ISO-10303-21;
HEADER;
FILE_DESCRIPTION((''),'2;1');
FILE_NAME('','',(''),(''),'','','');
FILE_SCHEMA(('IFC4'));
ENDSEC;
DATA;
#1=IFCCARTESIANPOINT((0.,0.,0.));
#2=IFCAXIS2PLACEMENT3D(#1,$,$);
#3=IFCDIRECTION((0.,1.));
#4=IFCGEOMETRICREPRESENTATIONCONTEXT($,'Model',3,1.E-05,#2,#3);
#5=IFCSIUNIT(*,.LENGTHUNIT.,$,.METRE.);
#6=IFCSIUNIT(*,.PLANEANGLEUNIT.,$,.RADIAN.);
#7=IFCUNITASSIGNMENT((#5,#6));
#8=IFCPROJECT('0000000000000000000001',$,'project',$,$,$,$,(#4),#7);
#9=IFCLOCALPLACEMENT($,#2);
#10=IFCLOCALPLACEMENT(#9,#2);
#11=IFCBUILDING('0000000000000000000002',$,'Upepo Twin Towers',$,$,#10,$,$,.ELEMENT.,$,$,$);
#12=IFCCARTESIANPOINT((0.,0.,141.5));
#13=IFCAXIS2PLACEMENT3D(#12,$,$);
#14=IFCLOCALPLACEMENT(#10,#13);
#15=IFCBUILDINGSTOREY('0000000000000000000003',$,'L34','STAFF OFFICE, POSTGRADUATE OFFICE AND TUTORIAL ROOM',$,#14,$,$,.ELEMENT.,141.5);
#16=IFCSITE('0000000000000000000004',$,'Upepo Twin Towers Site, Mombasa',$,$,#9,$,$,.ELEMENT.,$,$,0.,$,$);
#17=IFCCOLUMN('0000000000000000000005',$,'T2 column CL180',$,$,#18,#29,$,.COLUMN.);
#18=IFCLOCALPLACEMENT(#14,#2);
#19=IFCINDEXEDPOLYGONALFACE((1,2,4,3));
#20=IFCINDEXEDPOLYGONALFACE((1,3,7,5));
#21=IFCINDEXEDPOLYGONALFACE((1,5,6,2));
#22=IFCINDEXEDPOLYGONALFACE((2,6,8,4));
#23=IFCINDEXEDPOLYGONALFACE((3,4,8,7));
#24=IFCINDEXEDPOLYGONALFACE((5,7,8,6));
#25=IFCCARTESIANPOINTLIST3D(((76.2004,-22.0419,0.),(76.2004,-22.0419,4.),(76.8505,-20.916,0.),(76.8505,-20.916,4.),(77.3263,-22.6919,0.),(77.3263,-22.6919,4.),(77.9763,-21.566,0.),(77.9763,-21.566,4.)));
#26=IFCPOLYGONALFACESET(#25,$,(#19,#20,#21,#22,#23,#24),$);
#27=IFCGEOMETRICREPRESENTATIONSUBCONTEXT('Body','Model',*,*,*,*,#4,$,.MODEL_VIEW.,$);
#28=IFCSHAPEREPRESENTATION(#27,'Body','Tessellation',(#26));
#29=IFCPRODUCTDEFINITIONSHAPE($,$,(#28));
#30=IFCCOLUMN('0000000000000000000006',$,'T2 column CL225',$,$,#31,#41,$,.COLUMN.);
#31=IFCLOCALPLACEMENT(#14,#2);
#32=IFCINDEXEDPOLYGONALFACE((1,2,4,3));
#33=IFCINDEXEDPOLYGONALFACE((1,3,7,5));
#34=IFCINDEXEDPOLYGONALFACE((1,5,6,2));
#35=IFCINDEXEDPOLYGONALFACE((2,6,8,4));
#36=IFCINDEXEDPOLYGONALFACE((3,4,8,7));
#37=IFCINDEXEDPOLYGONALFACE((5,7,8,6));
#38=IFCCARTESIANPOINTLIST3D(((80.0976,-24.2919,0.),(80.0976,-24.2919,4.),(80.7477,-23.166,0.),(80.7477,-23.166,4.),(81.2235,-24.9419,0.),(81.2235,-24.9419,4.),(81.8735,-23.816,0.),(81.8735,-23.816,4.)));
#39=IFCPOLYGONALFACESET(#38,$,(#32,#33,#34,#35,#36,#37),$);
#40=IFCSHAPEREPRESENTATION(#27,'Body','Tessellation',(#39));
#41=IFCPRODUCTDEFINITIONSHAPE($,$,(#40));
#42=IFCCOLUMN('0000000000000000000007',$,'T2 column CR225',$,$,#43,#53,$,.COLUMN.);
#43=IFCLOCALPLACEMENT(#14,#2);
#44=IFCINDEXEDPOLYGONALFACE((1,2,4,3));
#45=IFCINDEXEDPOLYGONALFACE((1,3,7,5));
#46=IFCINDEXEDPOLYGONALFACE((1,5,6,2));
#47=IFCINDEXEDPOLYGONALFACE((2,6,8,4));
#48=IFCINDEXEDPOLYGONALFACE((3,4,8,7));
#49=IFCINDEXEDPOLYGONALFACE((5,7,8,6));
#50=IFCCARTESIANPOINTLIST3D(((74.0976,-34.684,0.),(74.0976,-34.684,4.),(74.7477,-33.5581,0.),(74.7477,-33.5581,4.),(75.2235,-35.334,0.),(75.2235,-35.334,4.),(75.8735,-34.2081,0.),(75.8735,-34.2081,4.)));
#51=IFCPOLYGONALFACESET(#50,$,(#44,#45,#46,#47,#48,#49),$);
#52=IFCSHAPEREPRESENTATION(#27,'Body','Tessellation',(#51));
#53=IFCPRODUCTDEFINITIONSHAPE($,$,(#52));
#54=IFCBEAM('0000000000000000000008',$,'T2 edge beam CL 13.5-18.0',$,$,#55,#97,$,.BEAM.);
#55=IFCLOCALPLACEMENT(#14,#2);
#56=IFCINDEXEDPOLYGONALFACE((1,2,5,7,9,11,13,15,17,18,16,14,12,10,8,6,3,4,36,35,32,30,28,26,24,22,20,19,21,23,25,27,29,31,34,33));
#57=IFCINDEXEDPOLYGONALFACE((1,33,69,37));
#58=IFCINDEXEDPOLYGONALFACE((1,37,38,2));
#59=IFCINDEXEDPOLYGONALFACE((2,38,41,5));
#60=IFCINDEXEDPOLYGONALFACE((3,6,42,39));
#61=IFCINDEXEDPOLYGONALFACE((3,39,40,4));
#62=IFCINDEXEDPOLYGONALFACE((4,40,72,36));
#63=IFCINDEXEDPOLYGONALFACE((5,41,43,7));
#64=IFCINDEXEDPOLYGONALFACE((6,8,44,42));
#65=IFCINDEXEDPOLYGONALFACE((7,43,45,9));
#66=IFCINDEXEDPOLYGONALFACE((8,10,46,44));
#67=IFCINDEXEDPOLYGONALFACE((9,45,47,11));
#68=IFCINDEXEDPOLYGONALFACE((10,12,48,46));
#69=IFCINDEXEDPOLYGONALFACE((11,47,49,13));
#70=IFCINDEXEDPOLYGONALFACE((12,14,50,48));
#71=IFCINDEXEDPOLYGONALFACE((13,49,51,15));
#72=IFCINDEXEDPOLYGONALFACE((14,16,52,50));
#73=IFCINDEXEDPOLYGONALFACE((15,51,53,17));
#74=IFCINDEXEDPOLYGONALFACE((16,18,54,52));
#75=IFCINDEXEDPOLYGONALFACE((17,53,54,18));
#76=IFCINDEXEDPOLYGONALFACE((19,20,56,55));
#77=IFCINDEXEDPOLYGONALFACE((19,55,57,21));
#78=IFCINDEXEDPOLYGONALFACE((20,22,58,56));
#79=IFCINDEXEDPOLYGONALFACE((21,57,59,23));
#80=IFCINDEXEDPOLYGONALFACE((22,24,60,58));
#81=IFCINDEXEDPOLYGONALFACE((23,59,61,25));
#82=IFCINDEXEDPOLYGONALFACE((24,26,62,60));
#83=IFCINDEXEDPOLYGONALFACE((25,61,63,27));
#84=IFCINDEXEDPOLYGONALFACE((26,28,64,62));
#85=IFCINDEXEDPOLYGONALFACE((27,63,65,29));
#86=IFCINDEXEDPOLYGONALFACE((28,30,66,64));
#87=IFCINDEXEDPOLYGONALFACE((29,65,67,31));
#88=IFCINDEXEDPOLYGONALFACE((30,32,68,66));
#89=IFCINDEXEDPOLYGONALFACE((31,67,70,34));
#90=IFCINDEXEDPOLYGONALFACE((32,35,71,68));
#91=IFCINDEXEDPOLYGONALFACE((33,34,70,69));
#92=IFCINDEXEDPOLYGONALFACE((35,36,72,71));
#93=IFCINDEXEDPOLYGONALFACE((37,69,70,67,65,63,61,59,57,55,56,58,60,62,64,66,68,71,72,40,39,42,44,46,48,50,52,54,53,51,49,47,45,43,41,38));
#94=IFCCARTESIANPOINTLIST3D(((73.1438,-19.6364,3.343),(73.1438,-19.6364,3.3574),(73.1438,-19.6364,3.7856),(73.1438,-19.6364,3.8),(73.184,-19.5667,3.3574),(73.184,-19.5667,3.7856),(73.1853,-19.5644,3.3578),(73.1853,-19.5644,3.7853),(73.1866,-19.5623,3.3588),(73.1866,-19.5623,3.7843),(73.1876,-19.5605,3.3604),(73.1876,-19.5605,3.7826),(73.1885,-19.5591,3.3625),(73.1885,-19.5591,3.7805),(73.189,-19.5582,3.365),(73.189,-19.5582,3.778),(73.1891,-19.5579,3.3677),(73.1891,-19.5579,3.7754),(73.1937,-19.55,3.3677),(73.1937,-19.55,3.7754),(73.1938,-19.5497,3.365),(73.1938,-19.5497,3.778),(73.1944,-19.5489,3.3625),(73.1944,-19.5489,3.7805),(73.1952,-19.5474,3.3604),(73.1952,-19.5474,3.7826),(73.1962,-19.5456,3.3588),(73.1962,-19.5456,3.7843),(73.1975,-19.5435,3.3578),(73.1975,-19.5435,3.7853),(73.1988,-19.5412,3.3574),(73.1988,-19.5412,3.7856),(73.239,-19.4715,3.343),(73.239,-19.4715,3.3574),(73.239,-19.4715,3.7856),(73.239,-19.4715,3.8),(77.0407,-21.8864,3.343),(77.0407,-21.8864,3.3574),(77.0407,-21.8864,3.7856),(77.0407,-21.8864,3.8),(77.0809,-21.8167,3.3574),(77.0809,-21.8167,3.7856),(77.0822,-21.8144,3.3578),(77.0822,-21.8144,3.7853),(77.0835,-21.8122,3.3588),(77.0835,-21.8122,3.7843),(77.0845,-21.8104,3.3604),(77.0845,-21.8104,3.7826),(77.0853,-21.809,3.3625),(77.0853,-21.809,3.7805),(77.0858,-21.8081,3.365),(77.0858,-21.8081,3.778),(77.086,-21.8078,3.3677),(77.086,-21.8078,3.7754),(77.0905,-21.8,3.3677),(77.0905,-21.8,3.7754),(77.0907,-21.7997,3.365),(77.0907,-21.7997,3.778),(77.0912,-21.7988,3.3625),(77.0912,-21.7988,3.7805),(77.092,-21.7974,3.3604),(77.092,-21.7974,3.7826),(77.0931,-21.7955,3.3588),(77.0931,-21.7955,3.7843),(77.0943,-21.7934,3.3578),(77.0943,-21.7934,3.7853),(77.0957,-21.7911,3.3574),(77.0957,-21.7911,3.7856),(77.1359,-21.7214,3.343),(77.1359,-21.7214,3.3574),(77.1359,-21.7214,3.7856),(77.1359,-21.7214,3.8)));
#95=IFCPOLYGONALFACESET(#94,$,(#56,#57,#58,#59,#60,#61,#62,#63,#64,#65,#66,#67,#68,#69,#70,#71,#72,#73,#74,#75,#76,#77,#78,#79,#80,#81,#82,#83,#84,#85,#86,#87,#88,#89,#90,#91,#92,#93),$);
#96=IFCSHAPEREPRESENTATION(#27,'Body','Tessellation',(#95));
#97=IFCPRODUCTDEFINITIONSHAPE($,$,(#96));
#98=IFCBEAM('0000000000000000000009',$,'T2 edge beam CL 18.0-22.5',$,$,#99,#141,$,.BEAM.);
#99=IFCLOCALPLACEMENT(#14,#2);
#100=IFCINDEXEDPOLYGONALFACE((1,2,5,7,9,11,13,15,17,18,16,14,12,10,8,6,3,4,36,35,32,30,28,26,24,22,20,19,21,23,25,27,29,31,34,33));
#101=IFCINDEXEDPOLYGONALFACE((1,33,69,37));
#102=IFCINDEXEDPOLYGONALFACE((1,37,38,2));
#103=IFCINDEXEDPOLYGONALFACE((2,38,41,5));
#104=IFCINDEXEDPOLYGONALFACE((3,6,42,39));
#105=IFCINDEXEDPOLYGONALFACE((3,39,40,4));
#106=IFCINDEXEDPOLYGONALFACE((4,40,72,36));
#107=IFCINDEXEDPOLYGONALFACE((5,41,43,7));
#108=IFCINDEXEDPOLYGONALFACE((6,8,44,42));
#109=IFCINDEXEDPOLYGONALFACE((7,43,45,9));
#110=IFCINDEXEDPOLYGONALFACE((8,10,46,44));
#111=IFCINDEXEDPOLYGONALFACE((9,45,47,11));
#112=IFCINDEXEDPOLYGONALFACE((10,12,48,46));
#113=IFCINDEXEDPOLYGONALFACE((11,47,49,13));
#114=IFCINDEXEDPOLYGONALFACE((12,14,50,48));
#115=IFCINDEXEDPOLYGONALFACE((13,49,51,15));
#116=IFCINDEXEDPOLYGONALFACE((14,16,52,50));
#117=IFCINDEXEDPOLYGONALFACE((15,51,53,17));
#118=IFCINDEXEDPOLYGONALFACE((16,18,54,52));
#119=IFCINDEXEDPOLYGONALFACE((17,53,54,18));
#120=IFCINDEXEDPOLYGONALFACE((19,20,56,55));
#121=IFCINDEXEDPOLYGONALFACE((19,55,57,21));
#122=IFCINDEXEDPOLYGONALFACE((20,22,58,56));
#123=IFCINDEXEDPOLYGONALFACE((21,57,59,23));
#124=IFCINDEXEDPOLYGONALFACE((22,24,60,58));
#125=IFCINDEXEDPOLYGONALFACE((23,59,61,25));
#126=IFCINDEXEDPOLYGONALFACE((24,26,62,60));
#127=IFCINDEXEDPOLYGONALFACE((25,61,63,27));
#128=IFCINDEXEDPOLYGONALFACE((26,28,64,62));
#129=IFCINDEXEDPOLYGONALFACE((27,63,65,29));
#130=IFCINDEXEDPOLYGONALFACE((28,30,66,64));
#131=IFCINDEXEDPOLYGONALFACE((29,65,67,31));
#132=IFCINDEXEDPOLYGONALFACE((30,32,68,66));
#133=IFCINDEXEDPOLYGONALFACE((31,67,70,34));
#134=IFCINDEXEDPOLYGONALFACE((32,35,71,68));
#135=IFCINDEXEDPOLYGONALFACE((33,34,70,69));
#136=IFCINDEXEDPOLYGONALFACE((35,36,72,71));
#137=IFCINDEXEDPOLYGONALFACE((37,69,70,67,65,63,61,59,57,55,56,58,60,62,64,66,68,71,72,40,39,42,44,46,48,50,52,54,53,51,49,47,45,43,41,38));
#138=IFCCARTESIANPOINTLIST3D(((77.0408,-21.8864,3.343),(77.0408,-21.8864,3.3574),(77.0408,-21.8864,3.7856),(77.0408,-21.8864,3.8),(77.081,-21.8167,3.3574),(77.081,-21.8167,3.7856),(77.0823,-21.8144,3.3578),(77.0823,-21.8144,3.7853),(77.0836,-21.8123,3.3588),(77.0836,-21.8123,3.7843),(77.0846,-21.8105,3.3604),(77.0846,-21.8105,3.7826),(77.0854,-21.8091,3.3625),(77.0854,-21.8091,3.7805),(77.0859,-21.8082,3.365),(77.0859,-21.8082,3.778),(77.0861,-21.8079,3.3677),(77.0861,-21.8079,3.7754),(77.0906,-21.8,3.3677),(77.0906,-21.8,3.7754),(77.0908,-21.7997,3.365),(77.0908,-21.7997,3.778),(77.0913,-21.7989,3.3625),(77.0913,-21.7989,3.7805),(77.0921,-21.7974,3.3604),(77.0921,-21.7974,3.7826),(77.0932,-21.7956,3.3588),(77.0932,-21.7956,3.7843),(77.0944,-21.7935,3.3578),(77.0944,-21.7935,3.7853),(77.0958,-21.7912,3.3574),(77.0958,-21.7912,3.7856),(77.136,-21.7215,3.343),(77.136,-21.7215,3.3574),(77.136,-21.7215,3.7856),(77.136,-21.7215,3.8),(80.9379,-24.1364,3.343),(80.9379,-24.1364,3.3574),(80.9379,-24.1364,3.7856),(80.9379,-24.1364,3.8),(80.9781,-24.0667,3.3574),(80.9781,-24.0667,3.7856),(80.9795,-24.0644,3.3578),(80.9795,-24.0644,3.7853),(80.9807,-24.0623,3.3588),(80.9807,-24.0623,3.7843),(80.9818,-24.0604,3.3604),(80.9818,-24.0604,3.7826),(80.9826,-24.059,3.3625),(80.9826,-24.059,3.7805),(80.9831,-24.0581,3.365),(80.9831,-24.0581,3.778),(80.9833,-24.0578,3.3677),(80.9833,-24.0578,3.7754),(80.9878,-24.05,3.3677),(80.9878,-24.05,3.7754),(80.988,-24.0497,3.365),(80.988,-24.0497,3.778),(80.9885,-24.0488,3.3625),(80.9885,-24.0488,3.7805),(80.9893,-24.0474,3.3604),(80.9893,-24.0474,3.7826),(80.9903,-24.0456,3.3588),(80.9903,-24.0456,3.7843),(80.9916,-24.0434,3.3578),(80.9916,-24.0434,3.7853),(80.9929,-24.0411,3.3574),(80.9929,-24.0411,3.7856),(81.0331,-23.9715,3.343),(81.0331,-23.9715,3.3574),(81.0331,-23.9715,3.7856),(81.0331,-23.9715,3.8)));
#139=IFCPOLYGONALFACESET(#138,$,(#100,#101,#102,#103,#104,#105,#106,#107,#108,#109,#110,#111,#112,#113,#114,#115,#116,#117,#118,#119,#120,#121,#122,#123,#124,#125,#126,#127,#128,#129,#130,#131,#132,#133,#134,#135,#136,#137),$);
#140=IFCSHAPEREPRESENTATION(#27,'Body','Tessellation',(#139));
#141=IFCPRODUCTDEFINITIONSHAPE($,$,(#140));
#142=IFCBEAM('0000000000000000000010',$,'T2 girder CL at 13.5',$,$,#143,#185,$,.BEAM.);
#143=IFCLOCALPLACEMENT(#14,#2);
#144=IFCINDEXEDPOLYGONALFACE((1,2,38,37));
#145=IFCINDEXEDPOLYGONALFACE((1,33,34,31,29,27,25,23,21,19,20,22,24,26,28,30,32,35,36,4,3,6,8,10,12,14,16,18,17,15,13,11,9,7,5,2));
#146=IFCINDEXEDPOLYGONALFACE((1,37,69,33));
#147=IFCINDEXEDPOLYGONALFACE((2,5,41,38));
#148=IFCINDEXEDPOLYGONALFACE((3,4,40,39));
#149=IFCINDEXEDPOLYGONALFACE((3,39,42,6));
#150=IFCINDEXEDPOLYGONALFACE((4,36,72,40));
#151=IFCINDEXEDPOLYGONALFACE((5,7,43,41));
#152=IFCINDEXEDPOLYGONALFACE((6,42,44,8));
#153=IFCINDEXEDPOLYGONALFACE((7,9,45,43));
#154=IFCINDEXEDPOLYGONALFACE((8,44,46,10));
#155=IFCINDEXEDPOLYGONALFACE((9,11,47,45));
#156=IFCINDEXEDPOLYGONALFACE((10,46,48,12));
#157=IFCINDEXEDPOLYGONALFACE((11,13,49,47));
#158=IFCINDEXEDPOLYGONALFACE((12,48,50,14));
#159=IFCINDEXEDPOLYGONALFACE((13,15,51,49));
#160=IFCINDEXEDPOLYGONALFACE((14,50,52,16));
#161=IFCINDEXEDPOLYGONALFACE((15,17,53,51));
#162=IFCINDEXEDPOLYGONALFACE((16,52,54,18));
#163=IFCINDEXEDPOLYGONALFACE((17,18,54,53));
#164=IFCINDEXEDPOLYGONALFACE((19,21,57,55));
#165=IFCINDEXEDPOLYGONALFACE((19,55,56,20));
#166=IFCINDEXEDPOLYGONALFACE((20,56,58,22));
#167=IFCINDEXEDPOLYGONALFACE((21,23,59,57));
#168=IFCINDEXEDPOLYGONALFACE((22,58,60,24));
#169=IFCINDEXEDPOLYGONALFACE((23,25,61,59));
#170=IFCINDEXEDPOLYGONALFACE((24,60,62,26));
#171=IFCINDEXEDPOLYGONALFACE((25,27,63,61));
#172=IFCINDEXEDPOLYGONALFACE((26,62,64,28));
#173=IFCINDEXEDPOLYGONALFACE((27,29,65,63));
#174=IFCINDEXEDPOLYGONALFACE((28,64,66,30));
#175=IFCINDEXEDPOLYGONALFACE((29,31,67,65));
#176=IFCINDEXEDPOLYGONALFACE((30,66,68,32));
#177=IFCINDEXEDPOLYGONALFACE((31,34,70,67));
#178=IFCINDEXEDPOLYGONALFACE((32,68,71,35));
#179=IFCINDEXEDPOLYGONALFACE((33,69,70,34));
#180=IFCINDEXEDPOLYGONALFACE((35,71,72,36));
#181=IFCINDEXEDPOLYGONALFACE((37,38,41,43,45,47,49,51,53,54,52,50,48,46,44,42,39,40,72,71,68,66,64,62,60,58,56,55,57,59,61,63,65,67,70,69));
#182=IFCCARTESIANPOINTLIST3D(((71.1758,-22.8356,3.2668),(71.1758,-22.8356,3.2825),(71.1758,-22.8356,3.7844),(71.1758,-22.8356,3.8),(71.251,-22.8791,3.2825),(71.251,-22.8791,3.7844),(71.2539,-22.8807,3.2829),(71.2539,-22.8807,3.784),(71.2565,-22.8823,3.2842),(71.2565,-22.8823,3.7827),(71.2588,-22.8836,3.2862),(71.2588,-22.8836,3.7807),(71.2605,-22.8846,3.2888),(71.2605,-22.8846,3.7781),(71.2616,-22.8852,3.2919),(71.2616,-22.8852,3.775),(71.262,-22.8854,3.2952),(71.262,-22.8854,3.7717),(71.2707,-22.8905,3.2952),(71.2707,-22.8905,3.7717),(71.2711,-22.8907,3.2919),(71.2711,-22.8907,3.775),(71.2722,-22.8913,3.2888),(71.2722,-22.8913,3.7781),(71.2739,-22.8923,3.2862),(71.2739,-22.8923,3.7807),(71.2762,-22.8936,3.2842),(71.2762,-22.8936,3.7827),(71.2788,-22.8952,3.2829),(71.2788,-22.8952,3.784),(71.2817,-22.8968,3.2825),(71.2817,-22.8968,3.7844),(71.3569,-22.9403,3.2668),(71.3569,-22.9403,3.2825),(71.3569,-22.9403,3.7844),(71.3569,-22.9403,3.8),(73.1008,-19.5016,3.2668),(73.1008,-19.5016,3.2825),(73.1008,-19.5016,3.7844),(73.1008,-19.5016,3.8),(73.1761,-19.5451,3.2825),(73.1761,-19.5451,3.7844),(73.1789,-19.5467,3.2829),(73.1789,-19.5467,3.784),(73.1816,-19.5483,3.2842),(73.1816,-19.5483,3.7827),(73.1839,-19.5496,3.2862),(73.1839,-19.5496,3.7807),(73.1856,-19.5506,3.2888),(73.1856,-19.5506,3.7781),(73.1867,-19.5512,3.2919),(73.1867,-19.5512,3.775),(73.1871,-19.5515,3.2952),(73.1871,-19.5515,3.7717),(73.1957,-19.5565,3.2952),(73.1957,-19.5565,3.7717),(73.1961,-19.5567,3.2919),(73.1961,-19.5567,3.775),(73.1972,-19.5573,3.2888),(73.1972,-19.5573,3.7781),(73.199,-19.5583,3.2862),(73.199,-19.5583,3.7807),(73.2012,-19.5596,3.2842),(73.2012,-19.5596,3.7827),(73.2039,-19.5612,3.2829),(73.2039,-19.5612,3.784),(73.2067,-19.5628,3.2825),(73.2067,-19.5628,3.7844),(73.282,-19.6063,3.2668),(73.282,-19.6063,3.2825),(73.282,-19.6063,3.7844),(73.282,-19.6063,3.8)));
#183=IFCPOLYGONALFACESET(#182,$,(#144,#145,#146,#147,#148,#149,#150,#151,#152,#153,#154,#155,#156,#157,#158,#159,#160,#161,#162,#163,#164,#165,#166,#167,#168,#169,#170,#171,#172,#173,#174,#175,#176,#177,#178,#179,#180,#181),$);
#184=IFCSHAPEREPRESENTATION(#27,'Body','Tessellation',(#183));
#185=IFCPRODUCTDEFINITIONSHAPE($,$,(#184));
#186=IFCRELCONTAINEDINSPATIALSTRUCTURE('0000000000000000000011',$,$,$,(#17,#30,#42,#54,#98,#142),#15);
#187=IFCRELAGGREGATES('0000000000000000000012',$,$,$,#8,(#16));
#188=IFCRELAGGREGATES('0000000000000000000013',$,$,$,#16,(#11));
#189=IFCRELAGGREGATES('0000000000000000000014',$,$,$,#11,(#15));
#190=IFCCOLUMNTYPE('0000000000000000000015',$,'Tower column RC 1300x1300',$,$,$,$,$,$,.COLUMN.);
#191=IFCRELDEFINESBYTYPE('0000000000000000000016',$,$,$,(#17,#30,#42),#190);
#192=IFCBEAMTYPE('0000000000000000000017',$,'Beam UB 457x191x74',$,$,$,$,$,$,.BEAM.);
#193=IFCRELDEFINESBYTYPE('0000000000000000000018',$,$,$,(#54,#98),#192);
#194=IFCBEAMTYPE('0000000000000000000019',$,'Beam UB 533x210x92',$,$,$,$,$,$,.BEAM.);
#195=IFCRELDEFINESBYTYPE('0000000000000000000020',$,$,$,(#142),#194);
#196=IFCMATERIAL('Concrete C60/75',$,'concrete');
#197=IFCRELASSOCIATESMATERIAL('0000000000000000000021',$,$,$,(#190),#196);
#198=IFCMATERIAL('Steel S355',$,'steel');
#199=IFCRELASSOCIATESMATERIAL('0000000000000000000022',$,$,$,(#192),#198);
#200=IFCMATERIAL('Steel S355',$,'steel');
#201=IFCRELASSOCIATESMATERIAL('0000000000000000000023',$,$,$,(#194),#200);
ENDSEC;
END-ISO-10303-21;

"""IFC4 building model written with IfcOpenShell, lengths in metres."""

from ifc_helpers import new_model, si_unit, direction, frame, origin, origin_2d, place, context, subcontext, project, spatial, rectangle, i_section, extrude, material, material_profile, profile_set, type_object, element, save


model = new_model("IFC4")

# Units and contexts
model_context = context("Model", 3, precision=1e-05, world=origin(), true_north=direction((0.0, 1.0)))
body_context = subcontext(model_context, "Body", "Model", "MODEL_VIEW")
ifc_project = project(units=[si_unit("LENGTHUNIT", "METRE"), si_unit("PLANEANGLEUNIT", "RADIAN")], contexts=[model_context])

# Site, building, storey
site_placement = place(None, origin())
site = spatial("IfcSite", under=ifc_project, at=site_placement, Name="Upepo Twin Towers Site, Mombasa", CompositionType="ELEMENT", RefElevation=0.0)
building_placement = place(site_placement, origin())
building = spatial("IfcBuilding", under=site, at=building_placement, Name="Upepo Twin Towers", CompositionType="ELEMENT")
storey_placement = place(building_placement, frame((0.0, 0.0, 141.5)))
storey = spatial("IfcBuildingStorey", under=building, at=storey_placement, Name="L34", Description="STAFF OFFICE, POSTGRADUATE OFFICE AND TUTORIAL ROOM", CompositionType="ELEMENT", Elevation=141.5)

# Columns
ifc_material_1 = material(Name="Concrete C60/75", Category="concrete")
ifc_material_profile_1 = material_profile(ifc_material_1, rectangle(XDim=1.3, YDim=1.3, at=origin_2d()), Name="RC 1300x1300")
ifc_profile_set_1 = profile_set([ifc_material_profile_1], Name="Concrete C60/75")
column_type = type_object("IfcColumnType", Name="Tower column RC 1300x1300", PredefinedType="COLUMN", material=ifc_profile_set_1)
for number, where, z_axis, x_axis, name in (
    (1, (77.0884, -21.804, 0.0), (0.0, 0.0, 1.0), (0.5, 0.866025, 0.0), "T2 column CL180"),
    (2, (80.9856, -24.054, 0.0), (0.0, 0.0, 1.0), (0.5, 0.866025, 0.0), "T2 column CL225"),
    (3, (74.9856, -34.446, 0.0), (0.0, 0.0, 1.0), (0.5, 0.866025, 0.0), "T2 column CR225"),
):
    element("IfcColumn", number, at=place(storey_placement, frame(where, z_axis=z_axis, x_axis=x_axis)), inside=storey, type_object=column_type, Name=name, PredefinedType="COLUMN", context=body_context, shape_type="SweptSolid", body=[
        extrude(rectangle(XDim=1.3, YDim=1.3, at=origin_2d()), origin(), (0.0, 0.0, 1.0), 4.0),
    ])

# Beams
ifc_material_2 = material(Name="Steel S355", Category="steel")
ifc_material_profile_2 = material_profile(ifc_material_2, i_section(OverallWidth=0.1904, OverallDepth=0.457, WebThickness=0.009, FlangeThickness=0.0144, FilletRadius=0.0103, at=origin_2d()), Name="UB 457x191x74")
ifc_profile_set_2 = profile_set([ifc_material_profile_2], Name="Steel S355")
beam_type_1 = type_object("IfcBeamType", Name="Beam UB 457x191x74", PredefinedType="BEAM", material=ifc_profile_set_2)
beam_1_placement = place(storey_placement, frame((73.1914, -19.554, 3.5715), z_axis=(0.866018, -0.500014, 0.0), x_axis=(0.500014, 0.866018, 0.0)))
element("IfcBeam", 4, at=beam_1_placement, inside=storey, type_object=beam_type_1, Name="T2 edge beam CL 13.5-18.0", PredefinedType="BEAM", context=body_context, shape_type="SweptSolid", body=[
    extrude(i_section(OverallWidth=0.1904, OverallDepth=0.457, WebThickness=0.009, FlangeThickness=0.0144, FilletRadius=0.0103, at=origin_2d()), origin(), (0.0, 0.0, 1.0), 4.4998),
])
beam_2_placement = place(storey_placement, frame((77.0884, -21.804, 3.5715), z_axis=(0.866031, -0.49999, 0.0), x_axis=(0.49999, 0.866031, 0.0)))
element("IfcBeam", 5, at=beam_2_placement, inside=storey, type_object=beam_type_1, Name="T2 edge beam CL 18.0-22.5", PredefinedType="BEAM", context=body_context, shape_type="SweptSolid", body=[
    extrude(i_section(OverallWidth=0.1904, OverallDepth=0.457, WebThickness=0.009, FlangeThickness=0.0144, FilletRadius=0.0103, at=origin_2d()), origin(), (0.0, 0.0, 1.0), 4.5),
])
ifc_material_3 = material(Name="Steel S355", Category="steel")
ifc_material_profile_3 = material_profile(ifc_material_3, i_section(OverallWidth=0.2092, OverallDepth=0.5332, WebThickness=0.01, FlangeThickness=0.0156, FilletRadius=0.0127, at=origin_2d()), Name="UB 533x210x92")
ifc_profile_set_3 = profile_set([ifc_material_profile_3], Name="Steel S355")
beam_type_2 = type_object("IfcBeamType", Name="Beam UB 533x210x92", PredefinedType="BEAM", material=ifc_profile_set_3)
beam_3_placement = place(storey_placement, frame((73.1914, -19.554, 3.5334), z_axis=(-0.500034, -0.866006, 0.0), x_axis=(0.866006, -0.500034, 0.0)))
element("IfcBeam", 6, at=beam_3_placement, inside=storey, type_object=beam_type_2, Name="T2 girder CL at 13.5", PredefinedType="BEAM", context=body_context, shape_type="SweptSolid", body=[
    extrude(i_section(OverallWidth=0.2092, OverallDepth=0.5332, WebThickness=0.01, FlangeThickness=0.0156, FilletRadius=0.0127, at=origin_2d()), origin(), (0.0, 0.0, 1.0), 3.8499),
])

save(model, "model.ifc")
